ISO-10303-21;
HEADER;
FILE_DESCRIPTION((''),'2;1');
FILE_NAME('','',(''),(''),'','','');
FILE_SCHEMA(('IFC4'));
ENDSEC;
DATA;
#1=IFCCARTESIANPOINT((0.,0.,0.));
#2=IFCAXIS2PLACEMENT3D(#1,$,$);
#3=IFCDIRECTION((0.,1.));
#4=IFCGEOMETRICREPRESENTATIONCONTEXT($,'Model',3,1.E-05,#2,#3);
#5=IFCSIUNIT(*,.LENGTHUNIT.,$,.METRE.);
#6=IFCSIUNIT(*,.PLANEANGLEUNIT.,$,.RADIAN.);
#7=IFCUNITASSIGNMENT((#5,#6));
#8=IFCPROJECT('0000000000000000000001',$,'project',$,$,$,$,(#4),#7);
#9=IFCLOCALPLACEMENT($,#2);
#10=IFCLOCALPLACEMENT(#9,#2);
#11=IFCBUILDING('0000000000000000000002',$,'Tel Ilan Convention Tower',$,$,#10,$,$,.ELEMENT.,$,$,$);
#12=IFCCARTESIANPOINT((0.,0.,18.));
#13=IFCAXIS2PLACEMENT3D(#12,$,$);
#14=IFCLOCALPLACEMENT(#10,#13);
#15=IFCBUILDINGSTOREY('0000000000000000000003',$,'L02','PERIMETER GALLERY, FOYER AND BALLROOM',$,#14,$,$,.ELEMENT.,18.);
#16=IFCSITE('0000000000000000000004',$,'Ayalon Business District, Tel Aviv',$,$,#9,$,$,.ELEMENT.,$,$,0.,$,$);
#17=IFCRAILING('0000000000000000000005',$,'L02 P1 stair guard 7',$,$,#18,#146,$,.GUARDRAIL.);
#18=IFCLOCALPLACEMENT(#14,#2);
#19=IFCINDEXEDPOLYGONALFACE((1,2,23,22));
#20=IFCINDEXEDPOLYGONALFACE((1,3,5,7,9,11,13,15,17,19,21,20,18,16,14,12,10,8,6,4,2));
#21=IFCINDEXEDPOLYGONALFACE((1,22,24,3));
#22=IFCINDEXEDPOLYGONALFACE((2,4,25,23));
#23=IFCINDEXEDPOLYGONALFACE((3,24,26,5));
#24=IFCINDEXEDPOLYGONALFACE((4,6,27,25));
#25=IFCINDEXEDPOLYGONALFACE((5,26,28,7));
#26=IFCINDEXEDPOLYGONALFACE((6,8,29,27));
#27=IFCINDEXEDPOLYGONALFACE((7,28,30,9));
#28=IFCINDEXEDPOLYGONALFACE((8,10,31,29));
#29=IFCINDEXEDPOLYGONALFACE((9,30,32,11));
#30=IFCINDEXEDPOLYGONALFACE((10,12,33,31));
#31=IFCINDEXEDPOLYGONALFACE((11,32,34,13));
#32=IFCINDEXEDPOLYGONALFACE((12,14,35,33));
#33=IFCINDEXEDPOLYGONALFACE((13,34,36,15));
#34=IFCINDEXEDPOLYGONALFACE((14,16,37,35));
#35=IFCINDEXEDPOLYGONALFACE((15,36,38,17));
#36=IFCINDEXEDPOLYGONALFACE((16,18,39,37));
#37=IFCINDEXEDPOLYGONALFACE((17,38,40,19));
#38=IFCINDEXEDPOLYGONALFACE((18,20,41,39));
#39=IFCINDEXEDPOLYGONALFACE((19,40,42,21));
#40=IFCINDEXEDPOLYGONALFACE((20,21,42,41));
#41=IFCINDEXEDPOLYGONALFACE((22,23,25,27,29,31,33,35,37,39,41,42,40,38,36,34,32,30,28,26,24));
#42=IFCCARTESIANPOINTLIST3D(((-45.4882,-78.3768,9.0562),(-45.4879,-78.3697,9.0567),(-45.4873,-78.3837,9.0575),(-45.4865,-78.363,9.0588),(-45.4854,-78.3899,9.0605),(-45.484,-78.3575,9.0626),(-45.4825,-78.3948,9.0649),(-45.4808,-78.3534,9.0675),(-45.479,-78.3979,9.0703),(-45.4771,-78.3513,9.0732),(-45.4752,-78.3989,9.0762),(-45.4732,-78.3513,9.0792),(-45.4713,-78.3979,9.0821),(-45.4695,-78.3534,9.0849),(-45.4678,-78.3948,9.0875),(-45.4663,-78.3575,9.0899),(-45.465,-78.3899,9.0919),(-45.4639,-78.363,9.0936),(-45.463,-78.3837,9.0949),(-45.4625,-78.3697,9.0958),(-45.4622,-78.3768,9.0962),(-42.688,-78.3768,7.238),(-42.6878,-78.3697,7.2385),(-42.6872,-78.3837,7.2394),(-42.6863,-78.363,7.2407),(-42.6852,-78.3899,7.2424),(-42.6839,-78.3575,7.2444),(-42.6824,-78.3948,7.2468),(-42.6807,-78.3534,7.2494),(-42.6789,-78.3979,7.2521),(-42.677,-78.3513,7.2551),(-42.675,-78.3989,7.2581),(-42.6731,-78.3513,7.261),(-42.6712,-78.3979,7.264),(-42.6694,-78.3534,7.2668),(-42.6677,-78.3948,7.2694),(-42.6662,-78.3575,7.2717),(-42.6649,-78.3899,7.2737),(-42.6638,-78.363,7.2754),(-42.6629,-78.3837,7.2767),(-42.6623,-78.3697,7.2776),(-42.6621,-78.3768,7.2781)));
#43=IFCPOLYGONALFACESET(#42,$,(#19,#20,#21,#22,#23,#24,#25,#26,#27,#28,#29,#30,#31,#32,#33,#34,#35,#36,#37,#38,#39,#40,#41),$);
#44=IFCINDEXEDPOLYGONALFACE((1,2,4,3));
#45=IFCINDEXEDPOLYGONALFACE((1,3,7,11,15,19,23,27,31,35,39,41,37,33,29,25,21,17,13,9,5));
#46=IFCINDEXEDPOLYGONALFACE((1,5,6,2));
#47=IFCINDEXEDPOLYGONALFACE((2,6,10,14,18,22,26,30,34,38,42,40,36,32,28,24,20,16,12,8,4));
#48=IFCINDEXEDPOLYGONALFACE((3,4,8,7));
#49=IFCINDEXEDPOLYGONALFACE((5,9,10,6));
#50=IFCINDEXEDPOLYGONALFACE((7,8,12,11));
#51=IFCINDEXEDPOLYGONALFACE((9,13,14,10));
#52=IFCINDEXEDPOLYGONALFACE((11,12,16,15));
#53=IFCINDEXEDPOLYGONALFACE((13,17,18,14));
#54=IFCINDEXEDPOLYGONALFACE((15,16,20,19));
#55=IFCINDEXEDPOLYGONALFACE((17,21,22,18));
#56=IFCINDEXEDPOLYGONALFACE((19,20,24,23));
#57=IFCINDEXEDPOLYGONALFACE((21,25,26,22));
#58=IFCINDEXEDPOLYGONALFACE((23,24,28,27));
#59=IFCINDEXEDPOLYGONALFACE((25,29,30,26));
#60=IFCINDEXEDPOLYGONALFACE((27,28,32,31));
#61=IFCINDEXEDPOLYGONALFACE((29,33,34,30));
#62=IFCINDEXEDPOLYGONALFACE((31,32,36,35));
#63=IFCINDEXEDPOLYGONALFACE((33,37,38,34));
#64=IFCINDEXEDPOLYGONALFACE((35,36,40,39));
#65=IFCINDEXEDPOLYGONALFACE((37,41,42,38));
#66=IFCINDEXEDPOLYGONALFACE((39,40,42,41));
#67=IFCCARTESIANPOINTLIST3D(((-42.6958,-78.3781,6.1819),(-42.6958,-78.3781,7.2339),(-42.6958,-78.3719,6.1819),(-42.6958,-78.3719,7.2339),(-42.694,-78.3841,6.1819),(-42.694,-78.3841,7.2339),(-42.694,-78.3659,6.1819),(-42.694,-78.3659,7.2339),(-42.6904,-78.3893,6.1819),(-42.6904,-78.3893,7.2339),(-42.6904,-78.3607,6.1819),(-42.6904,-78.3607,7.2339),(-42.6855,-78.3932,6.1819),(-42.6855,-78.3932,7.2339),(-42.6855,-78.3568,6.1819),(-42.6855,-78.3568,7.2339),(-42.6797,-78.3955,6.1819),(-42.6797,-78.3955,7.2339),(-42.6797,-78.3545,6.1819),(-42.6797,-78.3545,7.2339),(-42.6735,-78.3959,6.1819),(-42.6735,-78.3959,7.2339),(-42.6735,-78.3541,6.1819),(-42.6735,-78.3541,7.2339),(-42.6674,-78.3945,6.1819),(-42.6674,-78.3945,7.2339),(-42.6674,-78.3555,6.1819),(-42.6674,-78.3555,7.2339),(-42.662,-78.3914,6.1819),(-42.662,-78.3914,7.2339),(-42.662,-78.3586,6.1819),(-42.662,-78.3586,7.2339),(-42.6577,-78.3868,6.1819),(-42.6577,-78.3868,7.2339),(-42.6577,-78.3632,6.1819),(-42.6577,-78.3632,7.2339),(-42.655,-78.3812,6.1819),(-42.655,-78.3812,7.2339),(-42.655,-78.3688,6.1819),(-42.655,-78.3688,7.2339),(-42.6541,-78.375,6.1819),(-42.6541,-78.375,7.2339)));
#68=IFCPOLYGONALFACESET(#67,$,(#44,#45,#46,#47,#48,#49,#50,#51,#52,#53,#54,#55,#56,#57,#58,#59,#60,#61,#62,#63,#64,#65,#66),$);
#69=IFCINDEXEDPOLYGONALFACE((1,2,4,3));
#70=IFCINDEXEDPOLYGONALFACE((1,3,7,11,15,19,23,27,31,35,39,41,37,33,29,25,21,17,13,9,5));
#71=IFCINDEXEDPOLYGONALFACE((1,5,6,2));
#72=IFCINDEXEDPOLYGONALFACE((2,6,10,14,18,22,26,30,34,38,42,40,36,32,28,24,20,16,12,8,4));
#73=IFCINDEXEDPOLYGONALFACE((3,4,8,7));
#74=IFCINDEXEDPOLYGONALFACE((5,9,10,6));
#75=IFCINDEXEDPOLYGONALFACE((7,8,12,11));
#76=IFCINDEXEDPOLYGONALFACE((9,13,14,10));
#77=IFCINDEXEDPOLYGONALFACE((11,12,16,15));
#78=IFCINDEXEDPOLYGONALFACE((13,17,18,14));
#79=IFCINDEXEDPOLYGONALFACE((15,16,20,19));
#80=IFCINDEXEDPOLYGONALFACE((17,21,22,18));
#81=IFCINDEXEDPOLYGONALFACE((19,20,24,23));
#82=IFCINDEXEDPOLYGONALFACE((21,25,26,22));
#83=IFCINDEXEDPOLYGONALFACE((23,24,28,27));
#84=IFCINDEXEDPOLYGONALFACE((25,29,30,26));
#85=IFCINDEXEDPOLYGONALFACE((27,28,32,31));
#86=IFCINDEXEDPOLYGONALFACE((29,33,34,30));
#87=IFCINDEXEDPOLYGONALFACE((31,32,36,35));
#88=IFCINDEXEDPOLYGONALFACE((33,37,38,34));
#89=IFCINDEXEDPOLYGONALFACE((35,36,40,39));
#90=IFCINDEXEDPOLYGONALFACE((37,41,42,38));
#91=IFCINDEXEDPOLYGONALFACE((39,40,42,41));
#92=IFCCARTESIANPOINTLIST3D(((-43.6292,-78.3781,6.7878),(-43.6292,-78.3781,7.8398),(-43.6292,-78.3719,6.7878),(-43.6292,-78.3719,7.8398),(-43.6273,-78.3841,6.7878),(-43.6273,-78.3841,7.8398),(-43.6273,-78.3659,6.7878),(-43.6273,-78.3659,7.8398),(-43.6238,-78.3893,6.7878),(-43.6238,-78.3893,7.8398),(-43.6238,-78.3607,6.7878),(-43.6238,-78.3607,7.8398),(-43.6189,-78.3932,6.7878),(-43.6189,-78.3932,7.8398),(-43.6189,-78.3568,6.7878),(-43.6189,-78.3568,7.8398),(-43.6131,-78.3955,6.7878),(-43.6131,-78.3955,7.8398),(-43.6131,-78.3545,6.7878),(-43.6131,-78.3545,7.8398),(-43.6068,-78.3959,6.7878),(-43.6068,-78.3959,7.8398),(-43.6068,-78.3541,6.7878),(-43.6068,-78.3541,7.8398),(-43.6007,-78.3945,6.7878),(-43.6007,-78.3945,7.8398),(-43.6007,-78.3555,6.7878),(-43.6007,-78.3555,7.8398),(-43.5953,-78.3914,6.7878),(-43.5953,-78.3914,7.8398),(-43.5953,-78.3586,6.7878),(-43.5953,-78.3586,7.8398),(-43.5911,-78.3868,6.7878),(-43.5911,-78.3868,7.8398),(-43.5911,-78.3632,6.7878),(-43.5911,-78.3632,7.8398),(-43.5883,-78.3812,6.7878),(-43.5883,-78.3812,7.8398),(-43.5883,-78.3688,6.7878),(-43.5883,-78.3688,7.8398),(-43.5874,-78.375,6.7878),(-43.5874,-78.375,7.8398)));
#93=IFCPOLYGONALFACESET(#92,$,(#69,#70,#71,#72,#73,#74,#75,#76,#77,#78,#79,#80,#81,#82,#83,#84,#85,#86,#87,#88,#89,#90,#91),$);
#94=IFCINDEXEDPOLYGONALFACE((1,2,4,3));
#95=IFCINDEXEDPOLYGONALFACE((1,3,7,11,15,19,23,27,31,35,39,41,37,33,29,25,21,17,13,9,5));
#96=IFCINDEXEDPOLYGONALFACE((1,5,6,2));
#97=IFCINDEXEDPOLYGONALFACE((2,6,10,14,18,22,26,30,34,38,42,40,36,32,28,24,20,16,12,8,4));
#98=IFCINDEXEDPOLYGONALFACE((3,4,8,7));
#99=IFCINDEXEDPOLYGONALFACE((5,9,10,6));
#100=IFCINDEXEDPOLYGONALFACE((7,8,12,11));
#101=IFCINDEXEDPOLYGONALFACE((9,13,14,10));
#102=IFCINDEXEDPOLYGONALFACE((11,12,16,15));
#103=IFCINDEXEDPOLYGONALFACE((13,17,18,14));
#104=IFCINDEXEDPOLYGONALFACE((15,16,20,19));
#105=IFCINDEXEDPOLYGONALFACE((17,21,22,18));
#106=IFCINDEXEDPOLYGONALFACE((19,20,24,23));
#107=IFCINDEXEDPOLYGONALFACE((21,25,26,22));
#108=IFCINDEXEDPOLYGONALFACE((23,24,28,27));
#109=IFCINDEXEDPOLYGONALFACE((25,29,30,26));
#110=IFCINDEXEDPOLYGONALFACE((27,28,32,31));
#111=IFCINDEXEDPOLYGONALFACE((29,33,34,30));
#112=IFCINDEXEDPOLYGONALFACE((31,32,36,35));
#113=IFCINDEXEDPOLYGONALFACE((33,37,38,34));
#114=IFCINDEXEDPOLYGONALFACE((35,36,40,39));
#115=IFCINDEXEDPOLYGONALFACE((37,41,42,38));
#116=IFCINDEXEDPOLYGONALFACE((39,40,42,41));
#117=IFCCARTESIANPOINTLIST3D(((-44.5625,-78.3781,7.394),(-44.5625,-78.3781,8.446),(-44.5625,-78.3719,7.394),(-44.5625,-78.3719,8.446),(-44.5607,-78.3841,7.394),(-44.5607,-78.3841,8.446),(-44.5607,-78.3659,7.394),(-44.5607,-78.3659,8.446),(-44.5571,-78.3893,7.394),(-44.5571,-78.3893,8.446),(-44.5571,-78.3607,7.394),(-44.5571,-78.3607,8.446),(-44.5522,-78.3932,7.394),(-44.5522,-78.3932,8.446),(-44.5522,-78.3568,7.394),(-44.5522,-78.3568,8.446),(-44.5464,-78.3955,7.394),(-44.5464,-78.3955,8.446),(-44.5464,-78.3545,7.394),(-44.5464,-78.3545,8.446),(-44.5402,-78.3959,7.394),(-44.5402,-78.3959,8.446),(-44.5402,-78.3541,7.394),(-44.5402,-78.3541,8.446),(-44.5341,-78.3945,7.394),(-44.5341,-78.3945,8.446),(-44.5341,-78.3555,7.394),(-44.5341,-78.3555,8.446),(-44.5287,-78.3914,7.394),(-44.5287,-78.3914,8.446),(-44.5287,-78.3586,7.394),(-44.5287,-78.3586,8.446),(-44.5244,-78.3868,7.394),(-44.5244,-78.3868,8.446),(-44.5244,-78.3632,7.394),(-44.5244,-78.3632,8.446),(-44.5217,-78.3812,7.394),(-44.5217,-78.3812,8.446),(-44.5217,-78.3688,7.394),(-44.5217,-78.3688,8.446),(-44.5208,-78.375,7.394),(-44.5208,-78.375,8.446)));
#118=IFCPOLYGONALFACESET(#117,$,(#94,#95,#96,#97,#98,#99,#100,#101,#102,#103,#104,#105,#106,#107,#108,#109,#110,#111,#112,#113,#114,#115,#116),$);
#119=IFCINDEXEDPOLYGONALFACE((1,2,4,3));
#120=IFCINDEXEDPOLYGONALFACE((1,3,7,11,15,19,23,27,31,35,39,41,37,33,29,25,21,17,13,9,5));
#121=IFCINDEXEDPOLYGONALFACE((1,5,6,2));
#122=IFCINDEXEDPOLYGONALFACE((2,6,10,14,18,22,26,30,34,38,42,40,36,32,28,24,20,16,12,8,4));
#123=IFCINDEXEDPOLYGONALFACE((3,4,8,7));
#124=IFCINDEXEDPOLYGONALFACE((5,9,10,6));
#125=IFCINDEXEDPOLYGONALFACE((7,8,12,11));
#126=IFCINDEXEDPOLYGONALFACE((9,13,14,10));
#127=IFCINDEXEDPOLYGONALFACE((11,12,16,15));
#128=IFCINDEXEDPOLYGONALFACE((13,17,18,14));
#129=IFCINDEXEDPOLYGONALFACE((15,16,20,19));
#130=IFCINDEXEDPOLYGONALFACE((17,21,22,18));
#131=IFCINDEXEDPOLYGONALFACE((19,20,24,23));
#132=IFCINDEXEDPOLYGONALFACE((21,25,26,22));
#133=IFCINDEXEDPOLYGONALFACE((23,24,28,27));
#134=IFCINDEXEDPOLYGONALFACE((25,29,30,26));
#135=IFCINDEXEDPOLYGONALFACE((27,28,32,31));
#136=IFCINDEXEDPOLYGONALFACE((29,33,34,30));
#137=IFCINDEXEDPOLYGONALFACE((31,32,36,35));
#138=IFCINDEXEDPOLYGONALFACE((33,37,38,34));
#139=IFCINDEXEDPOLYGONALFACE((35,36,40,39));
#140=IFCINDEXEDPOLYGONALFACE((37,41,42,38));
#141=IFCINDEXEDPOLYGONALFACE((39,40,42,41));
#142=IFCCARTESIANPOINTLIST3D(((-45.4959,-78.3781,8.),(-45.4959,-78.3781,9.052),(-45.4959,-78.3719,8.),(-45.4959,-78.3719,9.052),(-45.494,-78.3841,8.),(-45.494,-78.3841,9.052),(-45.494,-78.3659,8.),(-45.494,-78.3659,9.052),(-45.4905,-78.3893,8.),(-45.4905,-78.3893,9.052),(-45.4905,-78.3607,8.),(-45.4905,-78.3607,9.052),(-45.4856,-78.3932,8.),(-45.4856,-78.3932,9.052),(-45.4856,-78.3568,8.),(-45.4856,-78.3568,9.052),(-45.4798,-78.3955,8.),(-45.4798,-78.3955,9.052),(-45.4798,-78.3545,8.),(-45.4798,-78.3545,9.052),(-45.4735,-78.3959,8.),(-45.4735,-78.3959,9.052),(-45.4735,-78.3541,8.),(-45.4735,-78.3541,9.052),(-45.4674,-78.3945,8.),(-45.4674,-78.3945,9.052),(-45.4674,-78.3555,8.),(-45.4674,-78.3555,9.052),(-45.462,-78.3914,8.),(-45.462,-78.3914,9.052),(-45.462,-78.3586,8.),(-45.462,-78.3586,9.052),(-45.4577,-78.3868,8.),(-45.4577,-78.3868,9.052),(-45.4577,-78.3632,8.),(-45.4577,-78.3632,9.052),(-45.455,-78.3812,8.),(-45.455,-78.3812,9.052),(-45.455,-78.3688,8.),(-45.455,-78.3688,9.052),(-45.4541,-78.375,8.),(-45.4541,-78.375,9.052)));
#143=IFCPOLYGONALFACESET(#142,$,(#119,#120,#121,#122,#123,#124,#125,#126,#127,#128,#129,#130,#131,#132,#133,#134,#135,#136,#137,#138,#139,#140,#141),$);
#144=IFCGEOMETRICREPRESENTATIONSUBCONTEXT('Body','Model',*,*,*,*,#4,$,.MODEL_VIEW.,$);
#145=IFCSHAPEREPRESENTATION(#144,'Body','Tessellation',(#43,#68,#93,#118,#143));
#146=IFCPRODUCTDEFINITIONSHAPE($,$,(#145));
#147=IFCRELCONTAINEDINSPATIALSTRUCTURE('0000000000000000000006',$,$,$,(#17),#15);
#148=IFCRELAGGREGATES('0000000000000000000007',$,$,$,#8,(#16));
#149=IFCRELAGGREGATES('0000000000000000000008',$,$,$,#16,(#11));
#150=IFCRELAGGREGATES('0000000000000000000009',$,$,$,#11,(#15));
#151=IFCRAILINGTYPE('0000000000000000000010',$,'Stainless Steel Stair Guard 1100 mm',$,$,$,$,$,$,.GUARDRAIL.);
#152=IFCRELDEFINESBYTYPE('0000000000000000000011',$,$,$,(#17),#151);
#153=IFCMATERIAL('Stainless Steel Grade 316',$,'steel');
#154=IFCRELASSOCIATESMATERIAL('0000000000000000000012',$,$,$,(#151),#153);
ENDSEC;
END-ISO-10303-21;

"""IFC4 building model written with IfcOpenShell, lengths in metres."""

from ifc_helpers import new_model, si_unit, direction, frame, origin, origin_2d, place, context, subcontext, project, spatial, circle, extrude, material, type_object, element, save


model = new_model("IFC4")

# Units and contexts
model_context = context("Model", 3, precision=1e-05, world=origin(), true_north=direction((0.0, 1.0)))
body_context = subcontext(model_context, "Body", "Model", "MODEL_VIEW")
ifc_project = project(units=[si_unit("LENGTHUNIT", "METRE"), si_unit("PLANEANGLEUNIT", "RADIAN")], contexts=[model_context])

# Site, building, storey
site_placement = place(None, origin())
site = spatial("IfcSite", under=ifc_project, at=site_placement, Name="Ayalon Business District, Tel Aviv", CompositionType="ELEMENT", RefElevation=0.0)
building_placement = place(site_placement, origin())
building = spatial("IfcBuilding", under=site, at=building_placement, Name="Tel Ilan Convention Tower", CompositionType="ELEMENT")
storey_placement = place(building_placement, frame((0.0, 0.0, 18.0)))
storey = spatial("IfcBuildingStorey", under=building, at=storey_placement, Name="L02", Description="PERIMETER GALLERY, FOYER AND BALLROOM", CompositionType="ELEMENT", Elevation=18.0)

# Railing
ifc_material_1 = material(Name="Stainless Steel Grade 316", Category="steel")
railing_type_1 = type_object("IfcRailingType", Name="Stainless Steel Stair Guard 1100 mm", PredefinedType="GUARDRAIL", material=ifc_material_1)
railing_1_placement = place(storey_placement, frame((-42.675, -78.375, 6.1819)))
element("IfcRailing", 1, at=railing_1_placement, inside=storey, type_object=railing_type_1, Name="L02 P1 stair guard 7", PredefinedType="GUARDRAIL", context=body_context, shape_type="SweptSolid", body=[
    extrude(circle(Radius=0.0239, at=origin_2d()), frame((0.0, 0.0, 1.0762), z_axis=(-0.838706, 0.0, 0.544585), x_axis=(0.0, -1.0, 0.0)), (0.0, 0.0, 1.0), 3.3386),
    extrude(circle(Radius=0.021, at=origin_2d()), origin(), (0.0, 0.0, 1.0), 1.052),
    extrude(circle(Radius=0.021, at=origin_2d()), frame((-0.9333, 0.0, 0.606)), (0.0, 0.0, 1.0), 1.052),
    extrude(circle(Radius=0.021, at=origin_2d()), frame((-1.8667, 0.0, 1.2122)), (0.0, 0.0, 1.0), 1.052),
    extrude(circle(Radius=0.021, at=origin_2d()), frame((-2.8, 0.0, 1.8181)), (0.0, 0.0, 1.0), 1.052),
])

save(model, "model.ifc")
